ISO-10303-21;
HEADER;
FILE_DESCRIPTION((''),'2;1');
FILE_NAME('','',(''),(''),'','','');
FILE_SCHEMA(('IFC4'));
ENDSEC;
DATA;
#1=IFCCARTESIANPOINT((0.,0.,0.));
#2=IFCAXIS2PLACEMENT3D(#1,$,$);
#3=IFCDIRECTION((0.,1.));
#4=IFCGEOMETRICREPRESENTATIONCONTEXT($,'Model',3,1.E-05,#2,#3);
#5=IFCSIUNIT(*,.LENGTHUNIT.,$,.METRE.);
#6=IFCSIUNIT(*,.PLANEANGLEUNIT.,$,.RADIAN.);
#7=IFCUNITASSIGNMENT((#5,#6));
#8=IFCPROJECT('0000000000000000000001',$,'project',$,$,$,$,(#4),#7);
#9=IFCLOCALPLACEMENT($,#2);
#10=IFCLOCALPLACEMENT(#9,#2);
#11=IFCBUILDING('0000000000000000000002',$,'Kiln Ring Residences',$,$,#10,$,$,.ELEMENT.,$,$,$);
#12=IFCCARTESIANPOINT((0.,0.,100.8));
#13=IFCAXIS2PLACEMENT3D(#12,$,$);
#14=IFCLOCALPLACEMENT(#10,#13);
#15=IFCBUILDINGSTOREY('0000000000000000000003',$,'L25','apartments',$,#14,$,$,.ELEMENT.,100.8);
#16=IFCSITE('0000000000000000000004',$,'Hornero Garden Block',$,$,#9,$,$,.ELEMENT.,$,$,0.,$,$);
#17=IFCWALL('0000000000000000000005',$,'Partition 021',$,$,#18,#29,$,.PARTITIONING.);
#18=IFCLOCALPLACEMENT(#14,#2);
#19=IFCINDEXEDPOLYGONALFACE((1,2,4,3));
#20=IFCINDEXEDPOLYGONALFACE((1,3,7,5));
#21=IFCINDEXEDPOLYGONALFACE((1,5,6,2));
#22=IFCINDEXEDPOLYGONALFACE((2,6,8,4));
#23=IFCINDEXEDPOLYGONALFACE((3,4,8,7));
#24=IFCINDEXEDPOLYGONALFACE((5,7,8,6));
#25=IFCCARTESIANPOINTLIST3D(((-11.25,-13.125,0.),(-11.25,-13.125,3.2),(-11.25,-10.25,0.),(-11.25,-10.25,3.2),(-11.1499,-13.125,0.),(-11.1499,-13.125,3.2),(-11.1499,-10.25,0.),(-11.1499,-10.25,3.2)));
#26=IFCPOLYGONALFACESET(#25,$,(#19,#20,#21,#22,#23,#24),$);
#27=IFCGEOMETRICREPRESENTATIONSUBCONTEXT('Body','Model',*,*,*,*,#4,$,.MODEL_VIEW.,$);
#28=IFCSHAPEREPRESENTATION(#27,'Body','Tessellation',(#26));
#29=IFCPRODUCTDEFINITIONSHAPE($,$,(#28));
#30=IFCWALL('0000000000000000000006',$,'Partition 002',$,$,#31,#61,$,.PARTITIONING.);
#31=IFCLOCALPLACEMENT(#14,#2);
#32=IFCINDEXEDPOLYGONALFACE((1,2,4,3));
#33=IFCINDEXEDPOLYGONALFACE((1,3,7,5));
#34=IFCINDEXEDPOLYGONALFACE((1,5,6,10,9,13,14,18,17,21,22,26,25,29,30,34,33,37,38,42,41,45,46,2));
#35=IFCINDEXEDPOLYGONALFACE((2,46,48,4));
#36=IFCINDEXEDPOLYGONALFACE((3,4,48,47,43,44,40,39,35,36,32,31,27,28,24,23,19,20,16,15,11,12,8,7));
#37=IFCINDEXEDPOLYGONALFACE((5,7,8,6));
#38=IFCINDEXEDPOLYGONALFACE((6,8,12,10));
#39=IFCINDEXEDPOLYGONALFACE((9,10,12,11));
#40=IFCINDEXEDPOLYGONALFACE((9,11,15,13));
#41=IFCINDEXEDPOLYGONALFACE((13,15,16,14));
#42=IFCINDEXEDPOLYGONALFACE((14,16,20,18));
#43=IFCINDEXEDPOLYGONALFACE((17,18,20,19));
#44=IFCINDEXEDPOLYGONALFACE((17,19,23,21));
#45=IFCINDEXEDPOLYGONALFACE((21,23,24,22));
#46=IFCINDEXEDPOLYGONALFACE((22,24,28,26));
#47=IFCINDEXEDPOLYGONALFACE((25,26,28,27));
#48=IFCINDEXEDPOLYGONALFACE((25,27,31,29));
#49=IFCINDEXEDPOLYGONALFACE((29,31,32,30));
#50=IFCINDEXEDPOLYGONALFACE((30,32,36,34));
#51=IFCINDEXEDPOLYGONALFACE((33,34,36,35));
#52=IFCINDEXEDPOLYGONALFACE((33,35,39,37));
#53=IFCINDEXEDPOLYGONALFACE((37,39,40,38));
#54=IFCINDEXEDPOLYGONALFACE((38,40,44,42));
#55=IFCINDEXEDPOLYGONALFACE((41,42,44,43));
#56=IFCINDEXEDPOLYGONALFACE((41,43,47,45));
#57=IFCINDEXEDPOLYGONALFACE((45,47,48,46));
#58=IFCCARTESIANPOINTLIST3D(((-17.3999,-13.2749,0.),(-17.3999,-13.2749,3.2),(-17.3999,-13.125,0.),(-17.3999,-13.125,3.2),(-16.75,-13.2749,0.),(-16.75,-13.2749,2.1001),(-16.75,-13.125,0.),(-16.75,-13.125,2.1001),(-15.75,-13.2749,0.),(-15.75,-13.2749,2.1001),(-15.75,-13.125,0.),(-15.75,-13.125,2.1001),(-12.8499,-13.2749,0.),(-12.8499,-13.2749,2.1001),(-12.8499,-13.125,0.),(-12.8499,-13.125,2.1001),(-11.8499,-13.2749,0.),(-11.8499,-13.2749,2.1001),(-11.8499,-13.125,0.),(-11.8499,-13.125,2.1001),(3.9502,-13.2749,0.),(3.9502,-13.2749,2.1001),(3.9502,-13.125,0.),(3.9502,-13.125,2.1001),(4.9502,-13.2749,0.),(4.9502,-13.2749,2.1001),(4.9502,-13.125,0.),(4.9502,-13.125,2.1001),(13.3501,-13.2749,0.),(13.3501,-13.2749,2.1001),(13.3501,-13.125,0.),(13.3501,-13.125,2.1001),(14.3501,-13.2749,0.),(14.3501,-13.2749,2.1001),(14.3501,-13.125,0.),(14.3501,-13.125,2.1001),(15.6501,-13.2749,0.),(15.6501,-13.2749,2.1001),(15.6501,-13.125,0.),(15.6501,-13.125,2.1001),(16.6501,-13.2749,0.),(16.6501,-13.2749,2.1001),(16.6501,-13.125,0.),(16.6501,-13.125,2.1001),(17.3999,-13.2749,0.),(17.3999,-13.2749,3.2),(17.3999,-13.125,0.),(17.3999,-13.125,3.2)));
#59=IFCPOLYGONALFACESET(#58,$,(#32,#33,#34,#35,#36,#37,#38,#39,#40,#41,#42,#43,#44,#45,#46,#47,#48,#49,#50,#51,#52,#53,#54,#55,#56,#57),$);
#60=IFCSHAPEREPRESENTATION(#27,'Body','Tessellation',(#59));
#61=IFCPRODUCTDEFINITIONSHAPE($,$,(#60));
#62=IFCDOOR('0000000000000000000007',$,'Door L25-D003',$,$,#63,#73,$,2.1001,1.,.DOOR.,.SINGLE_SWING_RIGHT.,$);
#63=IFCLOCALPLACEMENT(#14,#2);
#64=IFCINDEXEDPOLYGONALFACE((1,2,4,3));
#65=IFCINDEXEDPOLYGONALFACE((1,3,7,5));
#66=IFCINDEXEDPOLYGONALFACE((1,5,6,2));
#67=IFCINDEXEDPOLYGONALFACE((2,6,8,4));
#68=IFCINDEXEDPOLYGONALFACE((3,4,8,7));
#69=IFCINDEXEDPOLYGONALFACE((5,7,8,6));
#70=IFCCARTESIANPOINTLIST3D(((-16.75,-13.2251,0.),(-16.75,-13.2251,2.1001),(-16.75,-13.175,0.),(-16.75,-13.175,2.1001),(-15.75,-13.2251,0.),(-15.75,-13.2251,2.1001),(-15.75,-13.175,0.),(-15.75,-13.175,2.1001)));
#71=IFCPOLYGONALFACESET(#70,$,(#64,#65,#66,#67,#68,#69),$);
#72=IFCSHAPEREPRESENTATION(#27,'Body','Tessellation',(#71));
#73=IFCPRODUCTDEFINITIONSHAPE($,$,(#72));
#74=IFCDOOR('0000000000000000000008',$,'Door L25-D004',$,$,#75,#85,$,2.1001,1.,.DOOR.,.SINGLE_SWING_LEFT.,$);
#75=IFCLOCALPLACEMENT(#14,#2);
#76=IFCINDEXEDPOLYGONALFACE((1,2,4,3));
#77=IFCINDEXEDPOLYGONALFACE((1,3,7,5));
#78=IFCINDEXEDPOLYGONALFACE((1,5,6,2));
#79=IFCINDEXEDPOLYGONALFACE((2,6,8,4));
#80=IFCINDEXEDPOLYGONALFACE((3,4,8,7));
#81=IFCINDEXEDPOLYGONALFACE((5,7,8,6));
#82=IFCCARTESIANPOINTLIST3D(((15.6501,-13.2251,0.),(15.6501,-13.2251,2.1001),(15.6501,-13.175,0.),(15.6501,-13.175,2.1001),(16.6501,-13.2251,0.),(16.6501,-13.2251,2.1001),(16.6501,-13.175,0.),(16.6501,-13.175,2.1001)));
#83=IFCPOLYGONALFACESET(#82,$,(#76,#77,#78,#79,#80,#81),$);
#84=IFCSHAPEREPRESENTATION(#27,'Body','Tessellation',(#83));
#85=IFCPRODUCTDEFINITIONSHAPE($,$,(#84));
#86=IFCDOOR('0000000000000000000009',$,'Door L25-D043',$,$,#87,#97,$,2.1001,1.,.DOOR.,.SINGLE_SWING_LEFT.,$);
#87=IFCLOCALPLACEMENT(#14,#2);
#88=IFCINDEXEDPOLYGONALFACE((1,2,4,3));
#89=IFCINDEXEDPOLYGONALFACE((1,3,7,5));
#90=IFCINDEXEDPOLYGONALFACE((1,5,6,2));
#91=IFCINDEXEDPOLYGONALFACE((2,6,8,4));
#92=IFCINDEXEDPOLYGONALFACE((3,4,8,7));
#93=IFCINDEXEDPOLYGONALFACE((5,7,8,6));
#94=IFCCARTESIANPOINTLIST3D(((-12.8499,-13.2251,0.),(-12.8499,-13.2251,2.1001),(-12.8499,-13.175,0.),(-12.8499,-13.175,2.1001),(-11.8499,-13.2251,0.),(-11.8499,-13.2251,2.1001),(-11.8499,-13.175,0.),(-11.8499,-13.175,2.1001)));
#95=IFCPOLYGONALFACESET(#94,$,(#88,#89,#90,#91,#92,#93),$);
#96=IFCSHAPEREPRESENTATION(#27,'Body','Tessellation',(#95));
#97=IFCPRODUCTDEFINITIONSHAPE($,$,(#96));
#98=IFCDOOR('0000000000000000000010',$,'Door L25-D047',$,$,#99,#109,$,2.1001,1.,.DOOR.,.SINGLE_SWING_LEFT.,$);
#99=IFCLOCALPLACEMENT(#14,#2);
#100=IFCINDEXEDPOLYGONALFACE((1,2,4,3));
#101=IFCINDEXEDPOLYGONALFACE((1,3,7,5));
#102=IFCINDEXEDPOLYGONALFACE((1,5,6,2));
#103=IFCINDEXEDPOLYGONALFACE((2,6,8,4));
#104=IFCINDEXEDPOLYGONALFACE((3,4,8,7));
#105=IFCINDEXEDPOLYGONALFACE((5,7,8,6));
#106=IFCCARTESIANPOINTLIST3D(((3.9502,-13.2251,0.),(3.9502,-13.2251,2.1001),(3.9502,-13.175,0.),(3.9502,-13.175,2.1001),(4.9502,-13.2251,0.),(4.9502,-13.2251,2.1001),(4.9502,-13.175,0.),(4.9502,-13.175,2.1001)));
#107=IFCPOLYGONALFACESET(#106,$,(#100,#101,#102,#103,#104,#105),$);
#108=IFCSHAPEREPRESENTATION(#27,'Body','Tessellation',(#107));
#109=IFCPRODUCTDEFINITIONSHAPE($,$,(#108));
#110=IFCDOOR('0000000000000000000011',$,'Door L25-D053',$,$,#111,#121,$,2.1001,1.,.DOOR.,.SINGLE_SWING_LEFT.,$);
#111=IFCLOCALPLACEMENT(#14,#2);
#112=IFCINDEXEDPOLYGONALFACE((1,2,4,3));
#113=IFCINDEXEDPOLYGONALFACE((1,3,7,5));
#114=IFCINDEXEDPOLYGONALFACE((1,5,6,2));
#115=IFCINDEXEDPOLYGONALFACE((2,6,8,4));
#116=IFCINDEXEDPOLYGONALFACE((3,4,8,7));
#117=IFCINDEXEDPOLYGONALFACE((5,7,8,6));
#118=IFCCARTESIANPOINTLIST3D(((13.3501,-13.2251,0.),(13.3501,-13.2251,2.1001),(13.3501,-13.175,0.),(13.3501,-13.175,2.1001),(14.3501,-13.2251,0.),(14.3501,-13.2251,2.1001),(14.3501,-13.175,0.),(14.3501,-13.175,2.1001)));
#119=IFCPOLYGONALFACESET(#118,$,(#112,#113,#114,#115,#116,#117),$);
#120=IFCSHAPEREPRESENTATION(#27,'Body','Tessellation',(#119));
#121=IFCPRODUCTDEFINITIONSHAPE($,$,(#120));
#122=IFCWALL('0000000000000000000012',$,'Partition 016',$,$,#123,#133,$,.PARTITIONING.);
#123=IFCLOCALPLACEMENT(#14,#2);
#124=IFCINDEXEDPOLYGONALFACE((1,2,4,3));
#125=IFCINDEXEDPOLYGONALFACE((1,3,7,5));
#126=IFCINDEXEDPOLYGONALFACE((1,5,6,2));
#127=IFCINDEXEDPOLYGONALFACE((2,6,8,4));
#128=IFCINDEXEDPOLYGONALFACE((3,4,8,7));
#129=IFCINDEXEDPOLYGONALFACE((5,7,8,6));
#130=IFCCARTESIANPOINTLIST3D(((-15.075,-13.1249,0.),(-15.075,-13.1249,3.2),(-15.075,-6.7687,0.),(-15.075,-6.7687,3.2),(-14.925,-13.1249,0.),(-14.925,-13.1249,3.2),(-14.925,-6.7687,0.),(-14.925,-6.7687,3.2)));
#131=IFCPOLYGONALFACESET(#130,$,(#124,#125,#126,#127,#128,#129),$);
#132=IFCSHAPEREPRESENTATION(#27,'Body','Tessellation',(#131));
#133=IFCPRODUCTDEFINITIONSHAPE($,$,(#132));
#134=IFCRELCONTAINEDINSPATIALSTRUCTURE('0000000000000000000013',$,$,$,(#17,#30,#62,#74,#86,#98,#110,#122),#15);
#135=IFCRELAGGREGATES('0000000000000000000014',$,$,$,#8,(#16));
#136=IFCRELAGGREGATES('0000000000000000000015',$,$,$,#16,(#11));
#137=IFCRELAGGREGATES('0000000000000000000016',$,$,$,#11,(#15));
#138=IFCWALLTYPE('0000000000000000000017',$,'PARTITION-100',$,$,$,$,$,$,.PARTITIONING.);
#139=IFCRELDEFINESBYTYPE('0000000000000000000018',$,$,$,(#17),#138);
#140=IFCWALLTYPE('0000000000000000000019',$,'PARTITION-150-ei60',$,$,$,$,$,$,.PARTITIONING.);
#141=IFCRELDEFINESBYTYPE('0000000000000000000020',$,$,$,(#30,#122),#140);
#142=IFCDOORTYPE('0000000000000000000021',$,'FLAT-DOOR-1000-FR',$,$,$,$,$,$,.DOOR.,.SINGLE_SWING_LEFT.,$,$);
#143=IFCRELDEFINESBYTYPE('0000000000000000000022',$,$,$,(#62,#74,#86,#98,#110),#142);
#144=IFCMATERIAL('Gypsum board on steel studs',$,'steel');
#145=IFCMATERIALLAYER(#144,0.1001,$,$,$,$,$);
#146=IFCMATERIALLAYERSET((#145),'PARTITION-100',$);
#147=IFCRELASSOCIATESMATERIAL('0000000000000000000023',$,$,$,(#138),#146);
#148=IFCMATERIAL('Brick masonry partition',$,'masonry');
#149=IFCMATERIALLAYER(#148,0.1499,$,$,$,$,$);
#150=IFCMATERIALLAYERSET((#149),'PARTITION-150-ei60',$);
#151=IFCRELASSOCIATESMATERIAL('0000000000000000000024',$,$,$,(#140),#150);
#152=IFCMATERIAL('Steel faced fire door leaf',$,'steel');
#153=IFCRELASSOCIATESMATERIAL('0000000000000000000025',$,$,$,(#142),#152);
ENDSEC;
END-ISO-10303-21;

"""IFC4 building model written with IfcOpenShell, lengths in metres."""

from ifc_helpers import new_model, si_unit, direction, frame, frame_2d, origin, place, context, subcontext, project, spatial, rectangle, extrude, material, layer, layer_set, type_object, element, fill, save


model = new_model("IFC4")

# Units and contexts
model_context = context("Model", 3, precision=1e-05, world=origin(), true_north=direction((0.0, 1.0)))
body_context = subcontext(model_context, "Body", "Model", "MODEL_VIEW")
ifc_project = project(units=[si_unit("LENGTHUNIT", "METRE"), si_unit("PLANEANGLEUNIT", "RADIAN")], contexts=[model_context])

# Site, building, storey
site_placement = place(None, origin())
site = spatial("IfcSite", under=ifc_project, at=site_placement, Name="Hornero Garden Block", CompositionType="ELEMENT", RefElevation=0.0)
building_placement = place(site_placement, origin())
building = spatial("IfcBuilding", under=site, at=building_placement, Name="Kiln Ring Residences", CompositionType="ELEMENT")
storey_placement = place(building_placement, frame((0.0, 0.0, 100.8)))
storey = spatial("IfcBuildingStorey", under=building, at=storey_placement, Name="L25", Description="apartments", CompositionType="ELEMENT", Elevation=100.8)

# Wall
ifc_material_1 = material(Name="Gypsum board on steel studs", Category="steel")
ifc_layer_1 = layer(ifc_material_1, 0.1001)
ifc_layer_set_1 = layer_set([ifc_layer_1], Name="PARTITION-100")
wall_type_1 = type_object("IfcWallType", Name="PARTITION-100", PredefinedType="PARTITIONING", material=ifc_layer_set_1)
wall_1_placement = place(storey_placement, frame((-11.2, -13.125, 0.0), z_axis=(0.0, 0.0, 1.0), x_axis=(0.0, 1.0, 0.0)))
element("IfcWall", 1, at=wall_1_placement, inside=storey, type_object=wall_type_1, Name="Partition 021", PredefinedType="PARTITIONING", context=body_context, shape_type="SweptSolid", body=[
    extrude(rectangle(XDim=2.875, YDim=0.1001, at=frame_2d((1.4375, 0.0))), origin(), (0.0, 0.0, 1.0), 3.2),
])

# Wall, openings, doors
ifc_material_2 = material(Name="Brick masonry partition", Category="masonry")
ifc_layer_2 = layer(ifc_material_2, 0.1499)
ifc_layer_set_2 = layer_set([ifc_layer_2], Name="PARTITION-150-ei60")
wall_type_2 = type_object("IfcWallType", Name="PARTITION-150-ei60", PredefinedType="PARTITIONING", material=ifc_layer_set_2)
wall_2_placement = place(storey_placement, frame((-17.3999, -13.2, 0.0), z_axis=(0.0, 0.0, 1.0), x_axis=(1.0, 0.0, 0.0)))
wall_2 = element("IfcWall", 2, at=wall_2_placement, inside=storey, type_object=wall_type_2, Name="Partition 002", PredefinedType="PARTITIONING", context=body_context, shape_type="SweptSolid", body=[
    extrude(rectangle(XDim=34.7998, YDim=0.1499, at=frame_2d((17.3999, 0.0))), origin(), (0.0, 0.0, 1.0), 3.2),
])
opening_1_placement = place(wall_2_placement, frame((0.6499, 0.0, 0.0)))
opening_1 = element("IfcOpeningElement", 3, at=opening_1_placement, cuts=wall_2, PredefinedType="OPENING", context=body_context, shape_type="SweptSolid", body=[
    extrude(rectangle(XDim=1.0, YDim=2.1001, at=frame_2d((0.5, 1.05))), frame((0.0, 0.085, 0.0), z_axis=(0.0, -1.0, 0.0), x_axis=(1.0, 0.0, 0.0)), (0.0, 0.0, 1.0), 0.1699),
])
opening_2_placement = place(wall_2_placement, frame((33.05, 0.0, 0.0)))
opening_2 = element("IfcOpeningElement", 4, at=opening_2_placement, cuts=wall_2, PredefinedType="OPENING", context=body_context, shape_type="SweptSolid", body=[
    extrude(rectangle(XDim=1.0, YDim=2.1001, at=frame_2d((0.5, 1.05))), frame((0.0, 0.085, 0.0), z_axis=(0.0, -1.0, 0.0), x_axis=(1.0, 0.0, 0.0)), (0.0, 0.0, 1.0), 0.1699),
])
opening_3_placement = place(wall_2_placement, frame((4.55, 0.0, 0.0)))
opening_3 = element("IfcOpeningElement", 5, at=opening_3_placement, cuts=wall_2, PredefinedType="OPENING", context=body_context, shape_type="SweptSolid", body=[
    extrude(rectangle(XDim=1.0, YDim=2.1001, at=frame_2d((0.5, 1.05))), frame((0.0, 0.085, 0.0), z_axis=(0.0, -1.0, 0.0), x_axis=(1.0, 0.0, 0.0)), (0.0, 0.0, 1.0), 0.1699),
])
opening_4_placement = place(wall_2_placement, frame((21.3501, 0.0, 0.0)))
opening_4 = element("IfcOpeningElement", 6, at=opening_4_placement, cuts=wall_2, PredefinedType="OPENING", context=body_context, shape_type="SweptSolid", body=[
    extrude(rectangle(XDim=1.0, YDim=2.1001, at=frame_2d((0.5, 1.05))), frame((0.0, 0.085, 0.0), z_axis=(0.0, -1.0, 0.0), x_axis=(1.0, 0.0, 0.0)), (0.0, 0.0, 1.0), 0.1699),
])
opening_5_placement = place(wall_2_placement, frame((30.75, 0.0, 0.0)))
opening_5 = element("IfcOpeningElement", 7, at=opening_5_placement, cuts=wall_2, PredefinedType="OPENING", context=body_context, shape_type="SweptSolid", body=[
    extrude(rectangle(XDim=1.0, YDim=2.1001, at=frame_2d((0.5, 1.05))), frame((0.0, 0.085, 0.0), z_axis=(0.0, -1.0, 0.0), x_axis=(1.0, 0.0, 0.0)), (0.0, 0.0, 1.0), 0.1699),
])
ifc_material_3 = material(Name="Steel faced fire door leaf", Category="steel")
door_type_1 = type_object("IfcDoorType", Name="FLAT-DOOR-1000-FR", OperationType="SINGLE_SWING_LEFT", PredefinedType="DOOR", material=ifc_material_3)
door_1_placement = place(opening_1_placement, origin())
door_1 = element("IfcDoor", 8, at=door_1_placement, inside=storey, type_object=door_type_1, Name="Door L25-D003", OperationType="SINGLE_SWING_RIGHT", OverallHeight=2.1001, OverallWidth=1.0, PredefinedType="DOOR", context=body_context, shape_type="SweptSolid", body=[
    extrude(rectangle(XDim=1.0, YDim=2.1001, at=frame_2d((0.5, 1.05))), frame((0.0, 0.0249, 0.0), z_axis=(0.0, -1.0, 0.0), x_axis=(1.0, 0.0, 0.0)), (0.0, 0.0, 1.0), 0.05),
])
fill(opening_1, door_1)
door_2_placement = place(opening_2_placement, origin())
door_2 = element("IfcDoor", 9, at=door_2_placement, inside=storey, type_object=door_type_1, Name="Door L25-D004", OperationType="SINGLE_SWING_LEFT", OverallHeight=2.1001, OverallWidth=1.0, PredefinedType="DOOR", context=body_context, shape_type="SweptSolid", body=[
    extrude(rectangle(XDim=1.0, YDim=2.1001, at=frame_2d((0.5, 1.05))), frame((0.0, 0.0249, 0.0), z_axis=(0.0, -1.0, 0.0), x_axis=(1.0, 0.0, 0.0)), (0.0, 0.0, 1.0), 0.05),
])
fill(opening_2, door_2)
door_3_placement = place(opening_3_placement, origin())
door_3 = element("IfcDoor", 10, at=door_3_placement, inside=storey, type_object=door_type_1, Name="Door L25-D043", OperationType="SINGLE_SWING_LEFT", OverallHeight=2.1001, OverallWidth=1.0, PredefinedType="DOOR", context=body_context, shape_type="SweptSolid", body=[
    extrude(rectangle(XDim=1.0, YDim=2.1001, at=frame_2d((0.5, 1.05))), frame((0.0, 0.0249, 0.0), z_axis=(0.0, -1.0, 0.0), x_axis=(1.0, 0.0, 0.0)), (0.0, 0.0, 1.0), 0.05),
])
fill(opening_3, door_3)
door_4_placement = place(opening_4_placement, origin())
door_4 = element("IfcDoor", 11, at=door_4_placement, inside=storey, type_object=door_type_1, Name="Door L25-D047", OperationType="SINGLE_SWING_LEFT", OverallHeight=2.1001, OverallWidth=1.0, PredefinedType="DOOR", context=body_context, shape_type="SweptSolid", body=[
    extrude(rectangle(XDim=1.0, YDim=2.1001, at=frame_2d((0.5, 1.05))), frame((0.0, 0.0249, 0.0), z_axis=(0.0, -1.0, 0.0), x_axis=(1.0, 0.0, 0.0)), (0.0, 0.0, 1.0), 0.05),
])
fill(opening_4, door_4)
door_5_placement = place(opening_5_placement, origin())
door_5 = element("IfcDoor", 12, at=door_5_placement, inside=storey, type_object=door_type_1, Name="Door L25-D053", OperationType="SINGLE_SWING_LEFT", OverallHeight=2.1001, OverallWidth=1.0, PredefinedType="DOOR", context=body_context, shape_type="SweptSolid", body=[
    extrude(rectangle(XDim=1.0, YDim=2.1001, at=frame_2d((0.5, 1.05))), frame((0.0, 0.0249, 0.0), z_axis=(0.0, -1.0, 0.0), x_axis=(1.0, 0.0, 0.0)), (0.0, 0.0, 1.0), 0.05),
])
fill(opening_5, door_5)

# Wall
wall_3_placement = place(storey_placement, frame((-15.0, -13.125, 0.0), z_axis=(0.0, 0.0, 1.0), x_axis=(0.0, 1.0, 0.0)))
element("IfcWall", 13, at=wall_3_placement, inside=storey, type_object=wall_type_2, Name="Partition 016", PredefinedType="PARTITIONING", context=body_context, shape_type="SweptSolid", body=[
    extrude(rectangle(XDim=6.3562, YDim=0.1499, at=frame_2d((3.1782, 0.0))), origin(), (0.0, 0.0, 1.0), 3.2),
])

save(model, "model.ifc")
